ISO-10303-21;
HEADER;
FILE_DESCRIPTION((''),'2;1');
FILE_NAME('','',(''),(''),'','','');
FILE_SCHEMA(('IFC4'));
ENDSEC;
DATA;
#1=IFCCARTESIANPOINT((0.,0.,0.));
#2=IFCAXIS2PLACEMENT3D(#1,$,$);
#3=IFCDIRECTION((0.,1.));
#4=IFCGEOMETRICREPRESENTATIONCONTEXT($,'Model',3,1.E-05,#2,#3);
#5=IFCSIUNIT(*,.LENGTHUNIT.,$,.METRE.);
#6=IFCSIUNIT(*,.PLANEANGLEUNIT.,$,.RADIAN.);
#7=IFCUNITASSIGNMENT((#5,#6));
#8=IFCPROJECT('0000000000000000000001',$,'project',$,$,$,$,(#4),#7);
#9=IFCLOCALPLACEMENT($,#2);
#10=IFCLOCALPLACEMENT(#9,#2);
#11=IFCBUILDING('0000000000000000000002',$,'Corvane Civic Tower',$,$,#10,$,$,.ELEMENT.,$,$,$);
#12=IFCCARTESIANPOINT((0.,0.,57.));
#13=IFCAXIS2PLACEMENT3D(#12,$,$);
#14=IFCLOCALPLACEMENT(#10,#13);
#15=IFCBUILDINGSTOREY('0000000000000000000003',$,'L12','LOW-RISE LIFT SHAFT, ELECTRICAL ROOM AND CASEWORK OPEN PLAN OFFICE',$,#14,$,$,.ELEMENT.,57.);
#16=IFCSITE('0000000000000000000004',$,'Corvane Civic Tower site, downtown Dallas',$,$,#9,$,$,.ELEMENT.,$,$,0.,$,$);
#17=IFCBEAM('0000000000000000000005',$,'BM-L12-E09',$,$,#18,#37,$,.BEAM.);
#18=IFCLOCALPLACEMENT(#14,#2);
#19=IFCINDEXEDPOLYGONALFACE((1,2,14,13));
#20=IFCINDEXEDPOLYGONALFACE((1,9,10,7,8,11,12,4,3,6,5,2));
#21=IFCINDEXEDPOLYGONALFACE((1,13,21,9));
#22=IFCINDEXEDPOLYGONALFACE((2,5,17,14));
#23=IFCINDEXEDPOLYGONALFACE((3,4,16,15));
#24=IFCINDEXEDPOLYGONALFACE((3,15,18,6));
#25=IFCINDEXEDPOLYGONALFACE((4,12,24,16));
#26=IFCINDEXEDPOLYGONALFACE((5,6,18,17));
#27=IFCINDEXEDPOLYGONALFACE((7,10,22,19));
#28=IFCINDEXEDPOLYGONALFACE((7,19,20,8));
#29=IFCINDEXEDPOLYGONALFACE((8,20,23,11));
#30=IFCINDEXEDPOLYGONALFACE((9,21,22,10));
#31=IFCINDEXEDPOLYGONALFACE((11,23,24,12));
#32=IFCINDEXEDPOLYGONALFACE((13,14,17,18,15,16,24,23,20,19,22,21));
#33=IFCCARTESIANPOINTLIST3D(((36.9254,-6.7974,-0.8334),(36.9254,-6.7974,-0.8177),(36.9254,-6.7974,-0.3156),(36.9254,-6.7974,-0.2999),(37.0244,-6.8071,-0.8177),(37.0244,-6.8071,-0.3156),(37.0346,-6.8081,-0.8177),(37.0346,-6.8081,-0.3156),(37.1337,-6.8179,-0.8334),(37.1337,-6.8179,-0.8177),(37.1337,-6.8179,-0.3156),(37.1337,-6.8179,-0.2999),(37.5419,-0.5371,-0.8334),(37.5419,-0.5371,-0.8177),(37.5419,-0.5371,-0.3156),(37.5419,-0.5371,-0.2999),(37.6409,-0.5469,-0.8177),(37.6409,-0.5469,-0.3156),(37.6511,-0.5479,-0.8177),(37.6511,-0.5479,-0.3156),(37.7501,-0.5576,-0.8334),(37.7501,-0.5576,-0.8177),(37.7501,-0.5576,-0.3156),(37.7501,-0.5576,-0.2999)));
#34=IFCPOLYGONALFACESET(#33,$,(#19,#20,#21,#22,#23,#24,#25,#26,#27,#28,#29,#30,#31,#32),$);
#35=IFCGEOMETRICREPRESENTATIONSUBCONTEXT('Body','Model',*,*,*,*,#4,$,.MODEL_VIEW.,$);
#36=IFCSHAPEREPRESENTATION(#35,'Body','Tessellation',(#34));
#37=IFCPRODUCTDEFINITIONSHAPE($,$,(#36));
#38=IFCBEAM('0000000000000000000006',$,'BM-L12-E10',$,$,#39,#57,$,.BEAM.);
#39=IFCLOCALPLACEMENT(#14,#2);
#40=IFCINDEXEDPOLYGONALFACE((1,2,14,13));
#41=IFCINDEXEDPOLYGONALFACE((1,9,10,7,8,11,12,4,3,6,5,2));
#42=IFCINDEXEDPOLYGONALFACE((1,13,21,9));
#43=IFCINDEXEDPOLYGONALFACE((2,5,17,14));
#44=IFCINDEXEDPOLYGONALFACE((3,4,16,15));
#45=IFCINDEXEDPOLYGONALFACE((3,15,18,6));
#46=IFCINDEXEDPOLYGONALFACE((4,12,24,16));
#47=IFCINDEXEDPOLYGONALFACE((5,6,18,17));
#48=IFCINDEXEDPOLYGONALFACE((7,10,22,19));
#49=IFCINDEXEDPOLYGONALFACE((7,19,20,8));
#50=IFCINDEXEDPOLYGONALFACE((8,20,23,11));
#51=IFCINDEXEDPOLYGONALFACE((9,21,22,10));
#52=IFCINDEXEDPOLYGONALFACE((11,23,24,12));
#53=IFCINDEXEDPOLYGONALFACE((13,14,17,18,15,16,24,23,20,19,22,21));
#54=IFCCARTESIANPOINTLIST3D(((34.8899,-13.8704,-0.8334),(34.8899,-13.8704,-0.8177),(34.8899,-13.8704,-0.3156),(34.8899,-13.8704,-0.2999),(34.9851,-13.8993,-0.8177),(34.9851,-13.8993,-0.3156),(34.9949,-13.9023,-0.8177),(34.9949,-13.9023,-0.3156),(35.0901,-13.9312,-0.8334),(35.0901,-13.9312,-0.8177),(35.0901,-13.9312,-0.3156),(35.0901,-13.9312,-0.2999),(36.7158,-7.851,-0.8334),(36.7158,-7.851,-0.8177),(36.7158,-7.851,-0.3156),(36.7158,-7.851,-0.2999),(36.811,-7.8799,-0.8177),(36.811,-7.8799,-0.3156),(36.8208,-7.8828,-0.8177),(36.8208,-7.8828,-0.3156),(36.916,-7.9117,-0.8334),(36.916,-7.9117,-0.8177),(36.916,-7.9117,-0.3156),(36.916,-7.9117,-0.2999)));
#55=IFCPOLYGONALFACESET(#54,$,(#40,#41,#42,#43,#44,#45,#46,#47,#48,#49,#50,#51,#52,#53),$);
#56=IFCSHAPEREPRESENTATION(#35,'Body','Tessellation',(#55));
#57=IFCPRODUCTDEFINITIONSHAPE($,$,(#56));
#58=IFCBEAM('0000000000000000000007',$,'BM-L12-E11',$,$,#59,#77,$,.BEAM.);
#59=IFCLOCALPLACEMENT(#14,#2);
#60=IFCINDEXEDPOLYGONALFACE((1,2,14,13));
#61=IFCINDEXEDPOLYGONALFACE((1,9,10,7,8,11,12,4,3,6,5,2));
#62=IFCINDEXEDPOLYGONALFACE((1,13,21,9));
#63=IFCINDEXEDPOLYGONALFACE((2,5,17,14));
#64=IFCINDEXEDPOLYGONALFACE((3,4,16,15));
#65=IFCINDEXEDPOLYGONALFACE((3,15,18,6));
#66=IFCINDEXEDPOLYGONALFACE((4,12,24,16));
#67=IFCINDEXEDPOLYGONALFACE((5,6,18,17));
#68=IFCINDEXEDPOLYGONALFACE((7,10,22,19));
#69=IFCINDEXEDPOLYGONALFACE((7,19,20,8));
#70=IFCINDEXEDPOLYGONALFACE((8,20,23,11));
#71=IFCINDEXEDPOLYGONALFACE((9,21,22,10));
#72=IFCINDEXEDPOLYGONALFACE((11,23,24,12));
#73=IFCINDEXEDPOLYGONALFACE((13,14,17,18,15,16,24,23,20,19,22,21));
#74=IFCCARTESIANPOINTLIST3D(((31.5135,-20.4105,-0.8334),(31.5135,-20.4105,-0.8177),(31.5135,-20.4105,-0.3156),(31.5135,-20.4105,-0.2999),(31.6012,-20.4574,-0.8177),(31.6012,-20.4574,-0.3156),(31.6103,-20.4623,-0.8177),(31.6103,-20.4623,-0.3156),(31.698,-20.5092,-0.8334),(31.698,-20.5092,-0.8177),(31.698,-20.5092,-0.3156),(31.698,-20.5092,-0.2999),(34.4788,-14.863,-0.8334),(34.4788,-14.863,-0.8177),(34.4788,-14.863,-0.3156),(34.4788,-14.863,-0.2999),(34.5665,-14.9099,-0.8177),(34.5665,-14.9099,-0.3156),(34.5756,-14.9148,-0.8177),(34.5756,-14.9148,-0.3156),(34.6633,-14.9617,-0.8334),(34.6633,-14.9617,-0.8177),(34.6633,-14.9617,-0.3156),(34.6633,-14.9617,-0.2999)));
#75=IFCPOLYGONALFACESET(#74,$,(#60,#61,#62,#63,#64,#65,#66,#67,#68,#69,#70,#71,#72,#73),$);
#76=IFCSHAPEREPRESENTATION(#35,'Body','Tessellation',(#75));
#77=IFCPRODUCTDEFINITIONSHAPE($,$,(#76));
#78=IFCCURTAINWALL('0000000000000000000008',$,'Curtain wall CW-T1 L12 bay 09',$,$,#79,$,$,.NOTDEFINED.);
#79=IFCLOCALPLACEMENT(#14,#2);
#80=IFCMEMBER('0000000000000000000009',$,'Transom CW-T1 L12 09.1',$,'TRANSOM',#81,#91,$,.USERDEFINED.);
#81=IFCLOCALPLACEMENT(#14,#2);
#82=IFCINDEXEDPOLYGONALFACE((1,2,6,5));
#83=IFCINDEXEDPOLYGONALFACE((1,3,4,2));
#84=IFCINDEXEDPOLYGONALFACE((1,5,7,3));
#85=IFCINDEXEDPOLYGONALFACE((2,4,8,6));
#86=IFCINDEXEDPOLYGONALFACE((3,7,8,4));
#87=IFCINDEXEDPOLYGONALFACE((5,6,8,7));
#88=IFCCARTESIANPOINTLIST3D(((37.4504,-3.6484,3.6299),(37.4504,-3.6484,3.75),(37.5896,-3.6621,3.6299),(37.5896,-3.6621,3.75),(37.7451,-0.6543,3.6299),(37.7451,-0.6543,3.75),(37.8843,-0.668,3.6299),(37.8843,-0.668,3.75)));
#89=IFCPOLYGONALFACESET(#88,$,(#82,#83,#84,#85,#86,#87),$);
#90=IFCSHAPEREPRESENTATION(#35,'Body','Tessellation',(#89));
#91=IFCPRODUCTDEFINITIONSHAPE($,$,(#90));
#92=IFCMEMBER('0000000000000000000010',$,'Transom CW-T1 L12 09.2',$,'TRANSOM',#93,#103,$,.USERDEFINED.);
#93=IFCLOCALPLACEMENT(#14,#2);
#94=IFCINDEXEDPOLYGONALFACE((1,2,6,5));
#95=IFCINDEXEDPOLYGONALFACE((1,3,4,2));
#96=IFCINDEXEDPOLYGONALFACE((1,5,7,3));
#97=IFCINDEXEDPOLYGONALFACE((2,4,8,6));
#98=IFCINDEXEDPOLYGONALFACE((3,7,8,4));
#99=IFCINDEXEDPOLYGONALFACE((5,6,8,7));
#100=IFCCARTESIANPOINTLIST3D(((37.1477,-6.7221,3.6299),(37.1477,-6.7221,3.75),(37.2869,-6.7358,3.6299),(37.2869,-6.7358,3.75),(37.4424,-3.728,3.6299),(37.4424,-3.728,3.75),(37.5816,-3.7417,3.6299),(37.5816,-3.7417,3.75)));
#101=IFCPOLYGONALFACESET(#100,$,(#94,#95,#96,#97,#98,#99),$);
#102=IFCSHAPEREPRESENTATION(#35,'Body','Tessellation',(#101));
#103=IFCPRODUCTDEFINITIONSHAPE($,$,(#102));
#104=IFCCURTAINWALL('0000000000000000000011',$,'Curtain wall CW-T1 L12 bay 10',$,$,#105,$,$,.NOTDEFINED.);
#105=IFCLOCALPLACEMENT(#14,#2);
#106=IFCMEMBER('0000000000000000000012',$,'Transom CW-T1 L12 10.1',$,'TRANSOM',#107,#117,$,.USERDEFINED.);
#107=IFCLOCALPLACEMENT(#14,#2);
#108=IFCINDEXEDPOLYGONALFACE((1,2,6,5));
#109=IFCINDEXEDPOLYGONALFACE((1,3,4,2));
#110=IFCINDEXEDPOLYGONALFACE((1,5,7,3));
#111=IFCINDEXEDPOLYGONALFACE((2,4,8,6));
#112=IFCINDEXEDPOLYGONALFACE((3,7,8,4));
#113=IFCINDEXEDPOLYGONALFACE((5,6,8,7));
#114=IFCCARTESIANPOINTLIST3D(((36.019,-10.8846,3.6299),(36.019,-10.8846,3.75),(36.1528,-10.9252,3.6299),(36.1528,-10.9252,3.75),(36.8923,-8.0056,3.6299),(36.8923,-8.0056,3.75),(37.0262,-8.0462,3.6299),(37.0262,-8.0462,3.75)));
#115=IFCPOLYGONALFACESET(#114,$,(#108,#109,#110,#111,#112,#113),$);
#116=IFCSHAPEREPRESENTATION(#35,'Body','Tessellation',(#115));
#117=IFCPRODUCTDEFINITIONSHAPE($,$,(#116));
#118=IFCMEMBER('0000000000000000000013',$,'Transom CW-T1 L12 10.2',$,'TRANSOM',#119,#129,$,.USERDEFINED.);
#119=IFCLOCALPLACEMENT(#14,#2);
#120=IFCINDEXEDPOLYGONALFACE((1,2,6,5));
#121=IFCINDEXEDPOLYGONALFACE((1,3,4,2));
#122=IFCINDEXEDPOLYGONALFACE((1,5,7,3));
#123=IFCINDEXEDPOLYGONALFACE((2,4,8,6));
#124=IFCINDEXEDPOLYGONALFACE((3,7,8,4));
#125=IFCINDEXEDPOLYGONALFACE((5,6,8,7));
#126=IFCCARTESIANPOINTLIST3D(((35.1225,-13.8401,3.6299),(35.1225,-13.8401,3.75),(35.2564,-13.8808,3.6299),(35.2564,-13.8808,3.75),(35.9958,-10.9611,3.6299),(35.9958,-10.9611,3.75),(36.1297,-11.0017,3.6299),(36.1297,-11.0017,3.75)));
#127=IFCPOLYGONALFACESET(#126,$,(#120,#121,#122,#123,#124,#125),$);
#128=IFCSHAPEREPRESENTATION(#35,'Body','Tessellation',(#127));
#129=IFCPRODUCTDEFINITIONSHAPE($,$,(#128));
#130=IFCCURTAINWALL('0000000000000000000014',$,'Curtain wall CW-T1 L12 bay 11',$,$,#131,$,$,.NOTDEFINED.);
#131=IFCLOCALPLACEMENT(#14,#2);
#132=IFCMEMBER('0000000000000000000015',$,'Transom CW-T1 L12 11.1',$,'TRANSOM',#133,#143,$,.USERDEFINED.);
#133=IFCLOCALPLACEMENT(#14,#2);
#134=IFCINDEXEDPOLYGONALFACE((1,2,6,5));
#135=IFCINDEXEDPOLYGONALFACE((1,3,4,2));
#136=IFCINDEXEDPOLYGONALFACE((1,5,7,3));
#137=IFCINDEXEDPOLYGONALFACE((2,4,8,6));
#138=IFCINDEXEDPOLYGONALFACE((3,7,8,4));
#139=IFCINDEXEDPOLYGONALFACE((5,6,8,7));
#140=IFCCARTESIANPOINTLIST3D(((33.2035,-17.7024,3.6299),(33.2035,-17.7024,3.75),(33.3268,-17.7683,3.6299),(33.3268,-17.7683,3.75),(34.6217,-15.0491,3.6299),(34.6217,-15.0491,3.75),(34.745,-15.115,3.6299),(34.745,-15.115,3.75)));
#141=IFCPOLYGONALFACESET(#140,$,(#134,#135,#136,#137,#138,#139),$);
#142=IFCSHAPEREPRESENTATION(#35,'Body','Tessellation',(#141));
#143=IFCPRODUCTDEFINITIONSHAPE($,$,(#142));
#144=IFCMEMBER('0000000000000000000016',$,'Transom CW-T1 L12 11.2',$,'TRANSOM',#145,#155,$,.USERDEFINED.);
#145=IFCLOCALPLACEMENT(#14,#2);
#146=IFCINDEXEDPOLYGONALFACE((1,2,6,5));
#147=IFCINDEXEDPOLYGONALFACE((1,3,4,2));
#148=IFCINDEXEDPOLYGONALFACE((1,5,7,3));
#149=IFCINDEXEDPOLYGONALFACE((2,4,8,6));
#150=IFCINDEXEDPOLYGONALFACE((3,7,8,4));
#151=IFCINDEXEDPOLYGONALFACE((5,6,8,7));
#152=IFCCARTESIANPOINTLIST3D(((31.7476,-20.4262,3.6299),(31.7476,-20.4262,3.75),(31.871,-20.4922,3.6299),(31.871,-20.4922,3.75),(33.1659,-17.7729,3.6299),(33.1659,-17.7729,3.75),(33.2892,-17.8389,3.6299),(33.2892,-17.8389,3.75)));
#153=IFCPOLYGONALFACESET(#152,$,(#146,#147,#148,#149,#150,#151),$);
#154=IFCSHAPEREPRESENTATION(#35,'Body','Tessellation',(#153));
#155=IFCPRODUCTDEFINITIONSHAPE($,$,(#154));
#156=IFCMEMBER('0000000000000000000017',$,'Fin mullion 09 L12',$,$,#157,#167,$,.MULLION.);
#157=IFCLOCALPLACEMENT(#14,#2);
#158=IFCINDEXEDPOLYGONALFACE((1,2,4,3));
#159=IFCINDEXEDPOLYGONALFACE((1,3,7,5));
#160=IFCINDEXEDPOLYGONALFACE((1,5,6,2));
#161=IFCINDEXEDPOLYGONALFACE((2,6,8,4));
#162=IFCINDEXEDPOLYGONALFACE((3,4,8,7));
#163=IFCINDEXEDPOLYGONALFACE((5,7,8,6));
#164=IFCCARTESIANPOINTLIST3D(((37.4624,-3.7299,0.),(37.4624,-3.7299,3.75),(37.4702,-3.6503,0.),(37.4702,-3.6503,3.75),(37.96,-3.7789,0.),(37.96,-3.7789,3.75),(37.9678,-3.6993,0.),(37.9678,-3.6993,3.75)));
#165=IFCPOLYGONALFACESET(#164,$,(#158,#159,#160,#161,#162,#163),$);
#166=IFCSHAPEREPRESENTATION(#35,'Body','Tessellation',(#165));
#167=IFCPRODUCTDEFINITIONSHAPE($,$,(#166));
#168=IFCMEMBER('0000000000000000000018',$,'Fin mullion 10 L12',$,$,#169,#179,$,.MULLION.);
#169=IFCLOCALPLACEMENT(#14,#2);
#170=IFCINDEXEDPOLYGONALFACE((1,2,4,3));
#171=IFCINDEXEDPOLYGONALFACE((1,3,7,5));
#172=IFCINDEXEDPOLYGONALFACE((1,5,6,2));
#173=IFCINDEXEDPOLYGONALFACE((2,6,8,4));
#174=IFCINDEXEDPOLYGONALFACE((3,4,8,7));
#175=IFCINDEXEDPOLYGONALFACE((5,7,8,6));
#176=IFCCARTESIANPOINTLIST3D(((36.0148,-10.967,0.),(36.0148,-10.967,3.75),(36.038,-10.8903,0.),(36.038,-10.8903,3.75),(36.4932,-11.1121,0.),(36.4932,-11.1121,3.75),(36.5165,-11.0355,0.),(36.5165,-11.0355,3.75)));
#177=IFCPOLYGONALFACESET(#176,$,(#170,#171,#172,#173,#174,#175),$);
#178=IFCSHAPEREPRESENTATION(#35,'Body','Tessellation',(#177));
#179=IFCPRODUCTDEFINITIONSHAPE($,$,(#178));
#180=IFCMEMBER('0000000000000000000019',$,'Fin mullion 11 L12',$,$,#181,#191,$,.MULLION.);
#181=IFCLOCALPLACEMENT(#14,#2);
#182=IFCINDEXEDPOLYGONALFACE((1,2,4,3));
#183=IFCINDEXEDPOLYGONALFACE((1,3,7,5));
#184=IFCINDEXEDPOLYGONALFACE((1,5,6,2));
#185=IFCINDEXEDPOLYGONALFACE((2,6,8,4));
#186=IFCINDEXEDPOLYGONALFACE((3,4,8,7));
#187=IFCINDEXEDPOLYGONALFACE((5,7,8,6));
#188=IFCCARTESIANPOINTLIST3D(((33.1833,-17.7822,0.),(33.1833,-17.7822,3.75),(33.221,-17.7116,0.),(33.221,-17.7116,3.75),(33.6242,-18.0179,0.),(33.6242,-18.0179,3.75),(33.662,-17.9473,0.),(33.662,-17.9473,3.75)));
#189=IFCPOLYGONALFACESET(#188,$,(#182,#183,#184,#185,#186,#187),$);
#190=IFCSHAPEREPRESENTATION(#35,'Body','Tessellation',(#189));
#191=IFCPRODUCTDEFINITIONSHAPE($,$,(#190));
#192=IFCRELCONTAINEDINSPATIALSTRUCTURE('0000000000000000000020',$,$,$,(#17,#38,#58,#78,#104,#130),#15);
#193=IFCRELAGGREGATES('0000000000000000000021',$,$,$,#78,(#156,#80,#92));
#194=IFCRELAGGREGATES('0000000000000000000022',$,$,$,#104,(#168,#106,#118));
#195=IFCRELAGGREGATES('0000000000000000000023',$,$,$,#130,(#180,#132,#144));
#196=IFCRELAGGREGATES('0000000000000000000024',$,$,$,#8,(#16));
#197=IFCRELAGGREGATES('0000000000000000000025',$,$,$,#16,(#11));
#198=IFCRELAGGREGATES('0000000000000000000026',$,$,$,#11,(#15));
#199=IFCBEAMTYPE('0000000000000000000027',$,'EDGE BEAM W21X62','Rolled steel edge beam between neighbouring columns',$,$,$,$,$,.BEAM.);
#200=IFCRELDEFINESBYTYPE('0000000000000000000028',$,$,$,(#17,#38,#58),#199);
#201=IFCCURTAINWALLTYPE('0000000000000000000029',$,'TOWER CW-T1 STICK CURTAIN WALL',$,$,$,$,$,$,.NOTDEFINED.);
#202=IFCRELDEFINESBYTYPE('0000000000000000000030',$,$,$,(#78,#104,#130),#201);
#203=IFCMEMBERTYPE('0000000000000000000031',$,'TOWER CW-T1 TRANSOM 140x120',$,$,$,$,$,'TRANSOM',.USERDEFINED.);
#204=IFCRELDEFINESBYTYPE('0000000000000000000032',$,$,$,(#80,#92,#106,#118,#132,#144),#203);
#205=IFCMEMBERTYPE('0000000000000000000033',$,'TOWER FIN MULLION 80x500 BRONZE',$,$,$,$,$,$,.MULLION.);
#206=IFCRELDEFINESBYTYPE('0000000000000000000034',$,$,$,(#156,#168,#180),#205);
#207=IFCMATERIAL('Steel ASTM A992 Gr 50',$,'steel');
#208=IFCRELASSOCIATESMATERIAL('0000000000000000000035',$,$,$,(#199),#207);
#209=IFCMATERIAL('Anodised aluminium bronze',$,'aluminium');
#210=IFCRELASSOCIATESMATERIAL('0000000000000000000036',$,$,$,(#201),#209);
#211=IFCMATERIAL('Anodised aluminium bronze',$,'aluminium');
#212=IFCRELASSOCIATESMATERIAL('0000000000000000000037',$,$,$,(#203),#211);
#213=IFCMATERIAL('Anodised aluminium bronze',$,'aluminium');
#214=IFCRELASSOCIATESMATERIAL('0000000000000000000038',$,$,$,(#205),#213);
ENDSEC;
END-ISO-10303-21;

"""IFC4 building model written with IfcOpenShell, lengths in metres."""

from ifc_helpers import new_model, si_unit, direction, frame, origin, origin_2d, place, context, subcontext, project, spatial, rectangle, i_section, extrude, material, material_profile, profile_set, type_object, element, aggregate, save


model = new_model("IFC4")

# Units and contexts
model_context = context("Model", 3, precision=1e-05, world=origin(), true_north=direction((0.0, 1.0)))
body_context = subcontext(model_context, "Body", "Model", "MODEL_VIEW")
ifc_project = project(units=[si_unit("LENGTHUNIT", "METRE"), si_unit("PLANEANGLEUNIT", "RADIAN")], contexts=[model_context])

# Site, building, storey
site_placement = place(None, origin())
site = spatial("IfcSite", under=ifc_project, at=site_placement, Name="Corvane Civic Tower site, downtown Dallas", CompositionType="ELEMENT", RefElevation=0.0)
building_placement = place(site_placement, origin())
building = spatial("IfcBuilding", under=site, at=building_placement, Name="Corvane Civic Tower", CompositionType="ELEMENT")
storey_placement = place(building_placement, frame((0.0, 0.0, 57.0)))
storey = spatial("IfcBuildingStorey", under=building, at=storey_placement, Name="L12", Description="LOW-RISE LIFT SHAFT, ELECTRICAL ROOM AND CASEWORK OPEN PLAN OFFICE", CompositionType="ELEMENT", Elevation=57.0)

# Beams
ifc_material_1 = material(Name="Steel ASTM A992 Gr 50", Category="steel")
ifc_material_profile_1 = material_profile(ifc_material_1, i_section(OverallWidth=0.2092, OverallDepth=0.5334, WebThickness=0.0103, FlangeThickness=0.0156, at=origin_2d()), Name="W21X62")
ifc_profile_set_1 = profile_set([ifc_material_profile_1], Name="Steel ASTM A992 Gr 50")
beam_type = type_object("IfcBeamType", Name="EDGE BEAM W21X62", Description="Rolled steel edge beam between neighbouring columns", PredefinedType="BEAM", material=ifc_profile_set_1)
beam_placement = place(storey_placement, frame((37.646, -0.5474, -0.5667), z_axis=(-0.097997, -0.995187, 0.0), x_axis=(0.995187, -0.097997, 0.0)))
element("IfcBeam", 1, at=beam_placement, inside=storey, type_object=beam_type, Name="BM-L12-E09", PredefinedType="BEAM", context=body_context, shape_type="SweptSolid", body=[
    extrude(i_section(OverallWidth=0.2092, OverallDepth=0.5334, WebThickness=0.0103, FlangeThickness=0.0156, at=origin_2d()), origin(), (0.0, 0.0, 1.0), 6.2905),
])
for number, where, z_axis, x_axis, name in (
    (2, (36.8159, -7.8813, -0.5667), (-0.290273, -0.956944, 0.0), (0.956944, -0.290273, 0.0), "BM-L12-E10"),
    (3, (34.571, -14.9124, -0.5667), (-0.471406, -0.881916, 0.0), (0.881916, -0.471406, 0.0), "BM-L12-E11"),
):
    element("IfcBeam", number, at=place(storey_placement, frame(where, z_axis=z_axis, x_axis=x_axis)), inside=storey, type_object=beam_type, Name=name, PredefinedType="BEAM", context=body_context, shape_type="SweptSolid", body=[
        extrude(i_section(OverallWidth=0.2092, OverallDepth=0.5334, WebThickness=0.0103, FlangeThickness=0.0156, at=origin_2d()), origin(), (0.0, 0.0, 1.0), 6.2903),
    ])

# Curtain walls, members
ifc_material_2 = material(Name="Anodised aluminium bronze", Category="aluminium")
curtain_wall_type = type_object("IfcCurtainWallType", Name="TOWER CW-T1 STICK CURTAIN WALL", PredefinedType="NOTDEFINED", material=ifc_material_2)
curtain_wall_1_placement = place(storey_placement, origin())
curtain_wall_1 = element("IfcCurtainWall", 4, at=curtain_wall_1_placement, inside=storey, type_object=curtain_wall_type, Name="Curtain wall CW-T1 L12 bay 09", PredefinedType="NOTDEFINED")
ifc_material_3 = material(Name="Anodised aluminium bronze", Category="aluminium")
ifc_material_profile_2 = material_profile(ifc_material_3, rectangle(XDim=0.1399, YDim=0.1201, at=origin_2d()), Name="TOWER CW-T1 TRANSOM 140x120")
ifc_profile_set_2 = profile_set([ifc_material_profile_2], Name="Anodised aluminium bronze")
member_type_1 = type_object("IfcMemberType", Name="TOWER CW-T1 TRANSOM 140x120", ElementType="TRANSOM", PredefinedType="USERDEFINED", material=ifc_profile_set_2)
member_1_placement = place(storey_placement, frame((37.8147, -0.6611, 3.6899), z_axis=(-0.097945, -0.995192, 0.0), x_axis=(0.995192, -0.097945, 0.0)))
member_1 = element("IfcMember", 5, at=member_1_placement, type_object=member_type_1, Name="Transom CW-T1 L12 09.1", ObjectType="TRANSOM", PredefinedType="USERDEFINED", context=body_context, shape_type="SweptSolid", body=[
    extrude(rectangle(XDim=0.1399, YDim=0.1201, at=origin_2d()), origin(), (0.0, 0.0, 1.0), 3.0085),
])
member_2_placement = place(storey_placement, frame((37.512, -3.7349, 3.6899), z_axis=(-0.097945, -0.995192, 0.0), x_axis=(0.995192, -0.097945, 0.0)))
member_2 = element("IfcMember", 6, at=member_2_placement, type_object=member_type_1, Name="Transom CW-T1 L12 09.2", ObjectType="TRANSOM", PredefinedType="USERDEFINED", context=body_context, shape_type="SweptSolid", body=[
    extrude(rectangle(XDim=0.1399, YDim=0.1201, at=origin_2d()), origin(), (0.0, 0.0, 1.0), 3.0085),
])
curtain_wall_2_placement = place(storey_placement, origin())
curtain_wall_2 = element("IfcCurtainWall", 7, at=curtain_wall_2_placement, inside=storey, type_object=curtain_wall_type, Name="Curtain wall CW-T1 L12 bay 10", PredefinedType="NOTDEFINED")
member_3_placement = place(storey_placement, frame((36.9592, -8.0259, 3.6899), z_axis=(-0.29028, -0.956942, 0.0), x_axis=(0.956942, -0.29028, 0.0)))
member_3 = element("IfcMember", 8, at=member_3_placement, type_object=member_type_1, Name="Transom CW-T1 L12 10.1", ObjectType="TRANSOM", PredefinedType="USERDEFINED", context=body_context, shape_type="SweptSolid", body=[
    extrude(rectangle(XDim=0.1399, YDim=0.1201, at=origin_2d()), origin(), (0.0, 0.0, 1.0), 3.0085),
])
member_4_placement = place(storey_placement, frame((36.0627, -10.9814, 3.6899), z_axis=(-0.29028, -0.956942, 0.0), x_axis=(0.956942, -0.29028, 0.0)))
member_4 = element("IfcMember", 9, at=member_4_placement, type_object=member_type_1, Name="Transom CW-T1 L12 10.2", ObjectType="TRANSOM", PredefinedType="USERDEFINED", context=body_context, shape_type="SweptSolid", body=[
    extrude(rectangle(XDim=0.1399, YDim=0.1201, at=origin_2d()), origin(), (0.0, 0.0, 1.0), 3.0085),
])
curtain_wall_3_placement = place(storey_placement, origin())
curtain_wall_3 = element("IfcCurtainWall", 10, at=curtain_wall_3_placement, inside=storey, type_object=curtain_wall_type, Name="Curtain wall CW-T1 L12 bay 11", PredefinedType="NOTDEFINED")
member_5_placement = place(storey_placement, frame((34.6833, -15.082, 3.6899), z_axis=(-0.471393, -0.881924, 0.0), x_axis=(0.881924, -0.471393, 0.0)))
member_5 = element("IfcMember", 11, at=member_5_placement, type_object=member_type_1, Name="Transom CW-T1 L12 11.1", ObjectType="TRANSOM", PredefinedType="USERDEFINED", context=body_context, shape_type="SweptSolid", body=[
    extrude(rectangle(XDim=0.1399, YDim=0.1201, at=origin_2d()), origin(), (0.0, 0.0, 1.0), 3.0085),
])
member_6_placement = place(storey_placement, frame((33.2275, -17.8059, 3.6899), z_axis=(-0.471393, -0.881924, 0.0), x_axis=(0.881924, -0.471393, 0.0)))
member_6 = element("IfcMember", 12, at=member_6_placement, type_object=member_type_1, Name="Transom CW-T1 L12 11.2", ObjectType="TRANSOM", PredefinedType="USERDEFINED", context=body_context, shape_type="SweptSolid", body=[
    extrude(rectangle(XDim=0.1399, YDim=0.1201, at=origin_2d()), origin(), (0.0, 0.0, 1.0), 3.0085),
])

# Members
ifc_material_4 = material(Name="Anodised aluminium bronze", Category="aluminium")
ifc_material_profile_3 = material_profile(ifc_material_4, rectangle(XDim=0.0801, YDim=0.5, at=origin_2d()), Name="TOWER FIN MULLION 80x500 BRONZE")
ifc_profile_set_3 = profile_set([ifc_material_profile_3], Name="Anodised aluminium bronze")
member_type_2 = type_object("IfcMemberType", Name="TOWER FIN MULLION 80x500 BRONZE", PredefinedType="MULLION", material=ifc_profile_set_3)
member_7_placement = place(storey_placement, frame((37.7151, -3.7146, 0.0), z_axis=(0.0, 0.0, 1.0), x_axis=(-0.098006, -0.995186, 0.0)))
member_7 = element("IfcMember", 13, at=member_7_placement, type_object=member_type_2, Name="Fin mullion 09 L12", PredefinedType="MULLION", context=body_context, shape_type="SweptSolid", body=[
    extrude(rectangle(XDim=0.0801, YDim=0.5, at=origin_2d()), origin(), (0.0, 0.0, 1.0), 3.75),
])
member_8_placement = place(storey_placement, frame((36.2656, -11.0012, 0.0), z_axis=(0.0, 0.0, 1.0), x_axis=(-0.290278, -0.956942, 0.0)))
member_8 = element("IfcMember", 14, at=member_8_placement, type_object=member_type_2, Name="Fin mullion 10 L12", PredefinedType="MULLION", context=body_context, shape_type="SweptSolid", body=[
    extrude(rectangle(XDim=0.0801, YDim=0.5, at=origin_2d()), origin(), (0.0, 0.0, 1.0), 3.75),
])
member_9_placement = place(storey_placement, frame((33.4226, -17.8647, 0.0), z_axis=(0.0, 0.0, 1.0), x_axis=(-0.471404, -0.881918, 0.0)))
member_9 = element("IfcMember", 15, at=member_9_placement, type_object=member_type_2, Name="Fin mullion 11 L12", PredefinedType="MULLION", context=body_context, shape_type="SweptSolid", body=[
    extrude(rectangle(XDim=0.0801, YDim=0.5, at=origin_2d()), origin(), (0.0, 0.0, 1.0), 3.75),
])

aggregate(curtain_wall_1, [member_7, member_1, member_2])
aggregate(curtain_wall_2, [member_8, member_3, member_4])
aggregate(curtain_wall_3, [member_9, member_5, member_6])

save(model, "model.ifc")
